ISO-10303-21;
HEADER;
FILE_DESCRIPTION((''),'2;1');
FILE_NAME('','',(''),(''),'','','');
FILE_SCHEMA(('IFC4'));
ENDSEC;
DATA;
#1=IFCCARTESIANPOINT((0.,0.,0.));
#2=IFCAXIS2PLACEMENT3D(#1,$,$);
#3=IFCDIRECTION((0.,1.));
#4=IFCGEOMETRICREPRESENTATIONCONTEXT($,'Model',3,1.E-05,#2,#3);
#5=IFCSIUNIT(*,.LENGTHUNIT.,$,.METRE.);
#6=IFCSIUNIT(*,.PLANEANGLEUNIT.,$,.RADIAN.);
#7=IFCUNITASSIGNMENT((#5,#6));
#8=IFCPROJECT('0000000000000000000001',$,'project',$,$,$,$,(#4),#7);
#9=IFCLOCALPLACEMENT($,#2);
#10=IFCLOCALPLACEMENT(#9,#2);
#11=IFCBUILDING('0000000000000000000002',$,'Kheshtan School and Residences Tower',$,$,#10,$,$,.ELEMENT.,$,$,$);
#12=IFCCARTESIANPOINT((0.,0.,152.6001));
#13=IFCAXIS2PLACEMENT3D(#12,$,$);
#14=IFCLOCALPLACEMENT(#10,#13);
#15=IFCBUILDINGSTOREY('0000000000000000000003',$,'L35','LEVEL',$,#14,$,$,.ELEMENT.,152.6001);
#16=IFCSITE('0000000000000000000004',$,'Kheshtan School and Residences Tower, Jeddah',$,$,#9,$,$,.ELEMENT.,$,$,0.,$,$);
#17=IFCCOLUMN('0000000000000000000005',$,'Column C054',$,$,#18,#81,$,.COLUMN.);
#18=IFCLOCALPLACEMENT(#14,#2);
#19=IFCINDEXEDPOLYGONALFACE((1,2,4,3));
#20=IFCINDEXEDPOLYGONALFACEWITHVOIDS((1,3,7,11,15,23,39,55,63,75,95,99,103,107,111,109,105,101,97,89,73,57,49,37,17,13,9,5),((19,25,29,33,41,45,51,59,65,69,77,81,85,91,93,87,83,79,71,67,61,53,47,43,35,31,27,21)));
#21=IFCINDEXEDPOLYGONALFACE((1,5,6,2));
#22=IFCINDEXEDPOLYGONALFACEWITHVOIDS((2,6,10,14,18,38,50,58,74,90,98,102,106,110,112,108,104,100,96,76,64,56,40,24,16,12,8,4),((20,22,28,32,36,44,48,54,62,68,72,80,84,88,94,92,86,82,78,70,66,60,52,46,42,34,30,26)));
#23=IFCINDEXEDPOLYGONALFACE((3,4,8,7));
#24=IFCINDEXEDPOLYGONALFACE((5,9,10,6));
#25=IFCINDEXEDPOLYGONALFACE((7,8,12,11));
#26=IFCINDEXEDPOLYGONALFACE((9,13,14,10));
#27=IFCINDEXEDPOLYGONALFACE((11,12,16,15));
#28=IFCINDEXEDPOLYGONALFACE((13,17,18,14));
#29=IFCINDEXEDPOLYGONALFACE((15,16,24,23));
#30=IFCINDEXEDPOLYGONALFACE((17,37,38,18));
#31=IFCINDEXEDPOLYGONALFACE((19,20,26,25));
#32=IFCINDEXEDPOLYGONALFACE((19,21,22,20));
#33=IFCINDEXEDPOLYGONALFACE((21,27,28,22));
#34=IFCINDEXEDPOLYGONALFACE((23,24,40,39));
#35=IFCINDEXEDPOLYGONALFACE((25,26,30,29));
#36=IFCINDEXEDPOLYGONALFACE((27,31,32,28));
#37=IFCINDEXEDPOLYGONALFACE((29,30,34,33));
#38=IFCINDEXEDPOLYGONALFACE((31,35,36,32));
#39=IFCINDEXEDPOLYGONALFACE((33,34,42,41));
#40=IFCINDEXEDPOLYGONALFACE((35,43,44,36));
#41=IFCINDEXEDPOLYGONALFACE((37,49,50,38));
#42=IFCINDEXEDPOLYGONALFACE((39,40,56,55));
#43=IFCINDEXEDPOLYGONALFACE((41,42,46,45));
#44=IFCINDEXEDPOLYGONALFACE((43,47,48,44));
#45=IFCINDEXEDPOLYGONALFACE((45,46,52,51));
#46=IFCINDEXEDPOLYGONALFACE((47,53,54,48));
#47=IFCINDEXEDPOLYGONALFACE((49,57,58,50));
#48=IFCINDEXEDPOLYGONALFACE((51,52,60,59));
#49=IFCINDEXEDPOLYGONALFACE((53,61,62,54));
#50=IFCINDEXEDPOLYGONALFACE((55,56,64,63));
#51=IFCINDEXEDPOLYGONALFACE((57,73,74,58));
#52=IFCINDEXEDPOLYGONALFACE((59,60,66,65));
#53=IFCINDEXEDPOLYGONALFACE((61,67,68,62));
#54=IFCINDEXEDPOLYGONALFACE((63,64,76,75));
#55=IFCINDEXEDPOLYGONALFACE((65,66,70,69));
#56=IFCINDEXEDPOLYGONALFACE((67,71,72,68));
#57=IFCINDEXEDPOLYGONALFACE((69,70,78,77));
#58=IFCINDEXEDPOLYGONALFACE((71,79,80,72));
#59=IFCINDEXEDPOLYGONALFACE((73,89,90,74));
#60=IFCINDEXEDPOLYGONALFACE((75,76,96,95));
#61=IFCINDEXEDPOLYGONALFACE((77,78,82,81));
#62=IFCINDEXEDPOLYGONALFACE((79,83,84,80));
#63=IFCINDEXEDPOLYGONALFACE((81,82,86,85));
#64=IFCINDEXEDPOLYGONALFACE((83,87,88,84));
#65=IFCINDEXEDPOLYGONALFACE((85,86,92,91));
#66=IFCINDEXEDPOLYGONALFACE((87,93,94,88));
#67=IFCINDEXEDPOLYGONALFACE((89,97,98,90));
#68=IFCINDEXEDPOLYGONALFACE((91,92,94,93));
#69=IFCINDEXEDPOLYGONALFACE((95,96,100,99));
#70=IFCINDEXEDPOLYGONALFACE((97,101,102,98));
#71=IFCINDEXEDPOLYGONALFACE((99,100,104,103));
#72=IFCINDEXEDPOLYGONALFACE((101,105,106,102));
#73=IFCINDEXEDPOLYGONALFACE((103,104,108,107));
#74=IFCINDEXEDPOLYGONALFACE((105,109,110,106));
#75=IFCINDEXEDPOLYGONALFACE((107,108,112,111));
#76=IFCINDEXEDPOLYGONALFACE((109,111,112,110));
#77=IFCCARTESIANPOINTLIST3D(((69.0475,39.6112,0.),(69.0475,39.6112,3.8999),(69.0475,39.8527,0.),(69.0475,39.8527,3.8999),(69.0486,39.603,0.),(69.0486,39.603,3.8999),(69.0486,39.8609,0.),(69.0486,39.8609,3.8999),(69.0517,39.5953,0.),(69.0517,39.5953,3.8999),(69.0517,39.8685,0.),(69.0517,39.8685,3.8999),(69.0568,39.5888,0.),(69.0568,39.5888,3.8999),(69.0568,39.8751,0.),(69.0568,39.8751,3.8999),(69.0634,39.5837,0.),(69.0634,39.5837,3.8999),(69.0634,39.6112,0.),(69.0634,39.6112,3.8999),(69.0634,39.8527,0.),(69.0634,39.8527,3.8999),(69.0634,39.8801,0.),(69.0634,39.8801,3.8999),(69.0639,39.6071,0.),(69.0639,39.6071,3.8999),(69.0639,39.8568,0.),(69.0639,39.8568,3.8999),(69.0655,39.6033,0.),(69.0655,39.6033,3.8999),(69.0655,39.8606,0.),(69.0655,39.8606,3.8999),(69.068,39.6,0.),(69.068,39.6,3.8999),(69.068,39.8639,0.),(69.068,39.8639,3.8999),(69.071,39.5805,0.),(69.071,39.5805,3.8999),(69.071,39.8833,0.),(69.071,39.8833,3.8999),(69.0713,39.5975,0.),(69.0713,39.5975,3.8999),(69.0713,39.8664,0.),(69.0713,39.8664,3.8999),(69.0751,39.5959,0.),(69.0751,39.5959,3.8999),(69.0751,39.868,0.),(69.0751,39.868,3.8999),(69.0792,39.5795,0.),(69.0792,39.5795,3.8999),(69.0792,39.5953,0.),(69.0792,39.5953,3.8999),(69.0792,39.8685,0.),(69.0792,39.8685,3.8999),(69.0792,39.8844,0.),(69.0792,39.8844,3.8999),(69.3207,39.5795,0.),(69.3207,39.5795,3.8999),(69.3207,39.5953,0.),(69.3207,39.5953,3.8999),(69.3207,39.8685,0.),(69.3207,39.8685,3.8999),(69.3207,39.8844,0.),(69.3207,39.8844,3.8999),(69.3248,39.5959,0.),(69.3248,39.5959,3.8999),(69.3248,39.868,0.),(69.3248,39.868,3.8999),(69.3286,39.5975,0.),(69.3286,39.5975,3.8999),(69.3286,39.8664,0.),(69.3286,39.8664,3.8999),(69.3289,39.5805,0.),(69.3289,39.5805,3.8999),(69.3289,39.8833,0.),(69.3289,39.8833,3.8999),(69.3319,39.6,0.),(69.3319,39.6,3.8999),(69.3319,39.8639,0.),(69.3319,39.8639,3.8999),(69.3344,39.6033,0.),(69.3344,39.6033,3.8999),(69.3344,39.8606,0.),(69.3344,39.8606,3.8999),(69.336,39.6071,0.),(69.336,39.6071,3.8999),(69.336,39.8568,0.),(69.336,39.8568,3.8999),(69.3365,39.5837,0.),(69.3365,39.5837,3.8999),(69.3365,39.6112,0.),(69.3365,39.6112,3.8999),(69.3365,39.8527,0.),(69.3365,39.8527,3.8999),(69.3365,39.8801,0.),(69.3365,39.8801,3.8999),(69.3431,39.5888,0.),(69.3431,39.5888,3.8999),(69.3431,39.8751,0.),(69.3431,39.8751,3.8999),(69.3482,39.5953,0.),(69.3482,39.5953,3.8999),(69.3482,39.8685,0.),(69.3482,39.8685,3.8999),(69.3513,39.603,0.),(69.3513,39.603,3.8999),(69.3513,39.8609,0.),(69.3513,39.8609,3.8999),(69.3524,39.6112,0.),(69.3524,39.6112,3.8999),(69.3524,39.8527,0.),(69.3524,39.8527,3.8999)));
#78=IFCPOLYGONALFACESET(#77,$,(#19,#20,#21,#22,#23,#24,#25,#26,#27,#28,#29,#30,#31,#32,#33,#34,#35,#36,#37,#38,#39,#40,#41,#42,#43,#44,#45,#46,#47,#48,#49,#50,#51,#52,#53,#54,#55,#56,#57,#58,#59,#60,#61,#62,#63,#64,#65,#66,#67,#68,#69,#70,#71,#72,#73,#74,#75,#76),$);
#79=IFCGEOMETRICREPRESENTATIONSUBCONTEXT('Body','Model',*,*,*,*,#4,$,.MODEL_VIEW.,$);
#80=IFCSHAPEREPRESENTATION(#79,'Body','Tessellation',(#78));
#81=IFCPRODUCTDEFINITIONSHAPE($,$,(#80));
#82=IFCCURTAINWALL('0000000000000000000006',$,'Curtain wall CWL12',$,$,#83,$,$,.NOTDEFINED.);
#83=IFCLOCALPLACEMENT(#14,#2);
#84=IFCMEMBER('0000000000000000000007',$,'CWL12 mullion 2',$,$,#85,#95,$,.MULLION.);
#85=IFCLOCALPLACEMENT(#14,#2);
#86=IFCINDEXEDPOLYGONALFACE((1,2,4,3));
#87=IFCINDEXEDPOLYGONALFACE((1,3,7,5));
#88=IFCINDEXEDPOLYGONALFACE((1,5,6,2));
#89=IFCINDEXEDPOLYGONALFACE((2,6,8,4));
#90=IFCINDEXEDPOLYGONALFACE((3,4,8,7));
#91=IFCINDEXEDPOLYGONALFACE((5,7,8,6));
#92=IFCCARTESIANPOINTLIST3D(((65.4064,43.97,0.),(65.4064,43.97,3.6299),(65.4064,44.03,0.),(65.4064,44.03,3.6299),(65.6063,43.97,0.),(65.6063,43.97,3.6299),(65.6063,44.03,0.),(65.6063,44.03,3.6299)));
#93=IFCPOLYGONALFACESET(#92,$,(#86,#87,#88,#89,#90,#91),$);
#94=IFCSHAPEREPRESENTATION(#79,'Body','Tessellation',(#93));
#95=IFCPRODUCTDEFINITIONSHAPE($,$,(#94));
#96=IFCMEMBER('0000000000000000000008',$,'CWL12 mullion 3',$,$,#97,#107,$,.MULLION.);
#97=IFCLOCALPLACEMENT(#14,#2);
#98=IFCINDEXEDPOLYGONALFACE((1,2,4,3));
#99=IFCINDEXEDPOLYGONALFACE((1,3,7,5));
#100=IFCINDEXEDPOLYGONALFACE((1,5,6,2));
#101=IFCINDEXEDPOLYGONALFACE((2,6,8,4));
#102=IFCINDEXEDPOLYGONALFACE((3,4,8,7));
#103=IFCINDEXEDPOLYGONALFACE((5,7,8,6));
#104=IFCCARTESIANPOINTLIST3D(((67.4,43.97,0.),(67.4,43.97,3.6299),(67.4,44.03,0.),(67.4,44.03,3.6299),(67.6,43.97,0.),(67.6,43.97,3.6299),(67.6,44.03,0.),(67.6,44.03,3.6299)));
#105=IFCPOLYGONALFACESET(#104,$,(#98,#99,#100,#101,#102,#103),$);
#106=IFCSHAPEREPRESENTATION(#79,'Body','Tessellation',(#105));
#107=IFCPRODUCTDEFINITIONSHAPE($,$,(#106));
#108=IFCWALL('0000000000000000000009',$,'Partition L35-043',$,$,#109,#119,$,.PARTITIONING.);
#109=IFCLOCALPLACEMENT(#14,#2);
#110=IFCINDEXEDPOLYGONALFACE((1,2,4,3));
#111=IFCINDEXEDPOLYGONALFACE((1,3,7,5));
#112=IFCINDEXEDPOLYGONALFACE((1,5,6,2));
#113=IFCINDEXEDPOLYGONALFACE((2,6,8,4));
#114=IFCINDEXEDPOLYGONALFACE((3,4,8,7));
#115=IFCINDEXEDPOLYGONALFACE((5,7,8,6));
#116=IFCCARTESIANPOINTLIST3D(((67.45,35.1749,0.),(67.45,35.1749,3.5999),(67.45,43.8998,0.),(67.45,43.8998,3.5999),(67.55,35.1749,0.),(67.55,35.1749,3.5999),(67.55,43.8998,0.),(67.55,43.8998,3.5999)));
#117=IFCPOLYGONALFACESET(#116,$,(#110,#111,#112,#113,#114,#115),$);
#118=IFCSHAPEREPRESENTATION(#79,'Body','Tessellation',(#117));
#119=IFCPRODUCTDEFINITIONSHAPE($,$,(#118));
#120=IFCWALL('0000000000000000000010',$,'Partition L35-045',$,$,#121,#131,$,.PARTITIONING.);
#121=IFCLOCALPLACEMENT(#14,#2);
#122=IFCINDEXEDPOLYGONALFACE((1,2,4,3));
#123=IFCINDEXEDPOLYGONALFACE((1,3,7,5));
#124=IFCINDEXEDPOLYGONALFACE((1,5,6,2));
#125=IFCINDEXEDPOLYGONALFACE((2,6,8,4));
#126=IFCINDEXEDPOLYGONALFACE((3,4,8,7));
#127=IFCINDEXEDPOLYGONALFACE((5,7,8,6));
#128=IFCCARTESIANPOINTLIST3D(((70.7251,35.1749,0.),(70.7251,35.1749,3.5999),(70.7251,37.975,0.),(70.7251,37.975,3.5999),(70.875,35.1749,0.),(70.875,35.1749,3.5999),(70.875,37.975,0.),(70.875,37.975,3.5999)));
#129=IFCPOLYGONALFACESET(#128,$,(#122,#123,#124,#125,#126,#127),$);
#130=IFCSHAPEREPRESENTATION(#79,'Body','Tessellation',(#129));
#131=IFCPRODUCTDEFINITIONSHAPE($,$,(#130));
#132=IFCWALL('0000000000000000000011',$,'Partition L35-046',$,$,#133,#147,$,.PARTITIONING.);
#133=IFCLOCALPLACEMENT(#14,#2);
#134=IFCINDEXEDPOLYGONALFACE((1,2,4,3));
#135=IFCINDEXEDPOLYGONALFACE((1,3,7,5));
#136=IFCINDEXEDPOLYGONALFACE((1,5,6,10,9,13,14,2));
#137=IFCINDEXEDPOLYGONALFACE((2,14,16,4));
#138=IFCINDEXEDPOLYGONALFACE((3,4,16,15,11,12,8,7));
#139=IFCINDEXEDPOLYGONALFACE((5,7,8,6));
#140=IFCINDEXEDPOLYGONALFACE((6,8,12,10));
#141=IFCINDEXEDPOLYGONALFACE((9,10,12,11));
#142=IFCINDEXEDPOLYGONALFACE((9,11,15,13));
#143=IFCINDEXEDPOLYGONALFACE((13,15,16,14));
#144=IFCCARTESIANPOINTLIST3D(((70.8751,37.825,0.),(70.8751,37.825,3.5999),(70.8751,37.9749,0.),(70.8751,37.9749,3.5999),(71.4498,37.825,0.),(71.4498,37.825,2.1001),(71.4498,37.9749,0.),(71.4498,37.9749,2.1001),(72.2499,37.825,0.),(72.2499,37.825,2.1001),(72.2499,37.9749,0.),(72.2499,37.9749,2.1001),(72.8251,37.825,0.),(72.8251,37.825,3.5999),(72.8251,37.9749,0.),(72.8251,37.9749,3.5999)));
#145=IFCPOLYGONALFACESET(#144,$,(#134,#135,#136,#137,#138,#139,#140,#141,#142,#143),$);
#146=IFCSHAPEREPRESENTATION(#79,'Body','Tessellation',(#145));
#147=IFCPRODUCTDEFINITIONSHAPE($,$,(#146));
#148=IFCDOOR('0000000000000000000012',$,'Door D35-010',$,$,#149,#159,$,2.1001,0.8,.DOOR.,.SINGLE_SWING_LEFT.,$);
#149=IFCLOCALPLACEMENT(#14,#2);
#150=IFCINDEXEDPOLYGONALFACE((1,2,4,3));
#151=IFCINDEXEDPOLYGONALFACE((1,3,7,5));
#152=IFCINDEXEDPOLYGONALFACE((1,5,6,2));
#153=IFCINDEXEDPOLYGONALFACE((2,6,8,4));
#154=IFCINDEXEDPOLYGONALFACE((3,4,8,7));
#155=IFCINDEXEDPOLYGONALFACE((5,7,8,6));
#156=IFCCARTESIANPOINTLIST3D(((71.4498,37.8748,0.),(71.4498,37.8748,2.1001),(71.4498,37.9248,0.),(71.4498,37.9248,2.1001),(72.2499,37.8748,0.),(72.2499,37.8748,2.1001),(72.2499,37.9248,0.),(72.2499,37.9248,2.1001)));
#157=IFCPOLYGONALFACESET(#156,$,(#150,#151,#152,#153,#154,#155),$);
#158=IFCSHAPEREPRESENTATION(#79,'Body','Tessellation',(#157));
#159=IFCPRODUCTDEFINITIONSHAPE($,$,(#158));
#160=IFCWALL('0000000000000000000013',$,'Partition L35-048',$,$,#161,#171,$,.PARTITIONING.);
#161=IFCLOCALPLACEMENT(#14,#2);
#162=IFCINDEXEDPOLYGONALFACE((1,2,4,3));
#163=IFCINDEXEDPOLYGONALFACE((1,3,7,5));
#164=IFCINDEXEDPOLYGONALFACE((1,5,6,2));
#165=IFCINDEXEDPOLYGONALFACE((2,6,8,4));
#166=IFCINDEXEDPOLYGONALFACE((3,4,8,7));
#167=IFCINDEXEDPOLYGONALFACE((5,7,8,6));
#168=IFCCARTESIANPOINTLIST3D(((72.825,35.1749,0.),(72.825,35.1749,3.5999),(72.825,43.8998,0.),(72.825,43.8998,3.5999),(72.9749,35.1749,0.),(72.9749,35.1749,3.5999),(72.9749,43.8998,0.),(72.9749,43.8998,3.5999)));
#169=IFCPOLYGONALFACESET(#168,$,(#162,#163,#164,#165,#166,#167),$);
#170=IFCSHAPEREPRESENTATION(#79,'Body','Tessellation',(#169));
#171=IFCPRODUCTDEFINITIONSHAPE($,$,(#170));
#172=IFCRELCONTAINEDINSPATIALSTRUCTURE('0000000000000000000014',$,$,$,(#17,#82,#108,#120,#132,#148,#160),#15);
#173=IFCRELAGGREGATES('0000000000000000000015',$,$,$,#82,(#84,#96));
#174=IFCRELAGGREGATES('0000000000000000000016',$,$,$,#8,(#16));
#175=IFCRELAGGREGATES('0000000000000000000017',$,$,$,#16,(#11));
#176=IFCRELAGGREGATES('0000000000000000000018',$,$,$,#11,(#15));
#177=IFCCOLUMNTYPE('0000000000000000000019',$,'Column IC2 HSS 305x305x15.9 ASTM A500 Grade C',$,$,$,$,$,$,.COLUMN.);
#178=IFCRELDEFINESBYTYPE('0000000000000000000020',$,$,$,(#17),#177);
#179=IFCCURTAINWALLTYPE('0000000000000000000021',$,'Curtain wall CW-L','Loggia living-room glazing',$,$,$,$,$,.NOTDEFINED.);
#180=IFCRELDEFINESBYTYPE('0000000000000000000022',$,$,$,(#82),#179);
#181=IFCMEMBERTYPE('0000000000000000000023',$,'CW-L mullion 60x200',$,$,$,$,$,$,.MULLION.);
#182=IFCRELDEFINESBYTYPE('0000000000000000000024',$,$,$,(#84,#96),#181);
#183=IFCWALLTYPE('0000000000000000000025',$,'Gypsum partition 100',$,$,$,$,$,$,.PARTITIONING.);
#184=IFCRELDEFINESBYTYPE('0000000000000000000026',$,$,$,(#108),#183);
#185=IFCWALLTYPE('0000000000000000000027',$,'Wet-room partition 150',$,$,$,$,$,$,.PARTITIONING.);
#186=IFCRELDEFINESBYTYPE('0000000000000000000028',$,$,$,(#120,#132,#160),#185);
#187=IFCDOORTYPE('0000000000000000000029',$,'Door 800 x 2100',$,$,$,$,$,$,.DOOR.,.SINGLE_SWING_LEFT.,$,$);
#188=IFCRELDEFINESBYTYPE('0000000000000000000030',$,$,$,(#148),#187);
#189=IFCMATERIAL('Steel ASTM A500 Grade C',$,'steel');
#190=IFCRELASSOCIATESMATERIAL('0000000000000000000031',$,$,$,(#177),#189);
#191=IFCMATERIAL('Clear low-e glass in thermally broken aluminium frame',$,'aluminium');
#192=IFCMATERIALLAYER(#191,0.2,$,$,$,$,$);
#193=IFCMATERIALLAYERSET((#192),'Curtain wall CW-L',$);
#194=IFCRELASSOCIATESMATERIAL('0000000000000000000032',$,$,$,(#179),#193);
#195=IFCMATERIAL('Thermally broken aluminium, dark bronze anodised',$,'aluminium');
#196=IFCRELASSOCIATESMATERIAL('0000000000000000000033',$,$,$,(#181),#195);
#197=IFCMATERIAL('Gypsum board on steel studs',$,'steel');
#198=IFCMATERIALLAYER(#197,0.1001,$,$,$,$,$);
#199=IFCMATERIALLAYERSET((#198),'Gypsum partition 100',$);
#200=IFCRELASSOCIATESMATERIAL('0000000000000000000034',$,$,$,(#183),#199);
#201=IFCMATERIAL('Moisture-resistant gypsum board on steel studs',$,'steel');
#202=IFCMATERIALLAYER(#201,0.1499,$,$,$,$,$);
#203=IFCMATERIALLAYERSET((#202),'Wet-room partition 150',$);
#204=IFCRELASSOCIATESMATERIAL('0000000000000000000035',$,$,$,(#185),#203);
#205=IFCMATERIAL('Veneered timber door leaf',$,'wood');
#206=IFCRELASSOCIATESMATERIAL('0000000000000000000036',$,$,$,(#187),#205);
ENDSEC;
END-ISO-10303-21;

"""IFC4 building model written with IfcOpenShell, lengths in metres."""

from ifc_helpers import new_model, si_unit, direction, frame, frame_2d, origin, origin_2d, place, context, subcontext, project, spatial, rectangle, hollow_rectangle, extrude, source, transform, mapped, material, layer, layer_set, material_profile, profile_set, type_object, element, fill, aggregate, save


model = new_model("IFC4")

# Units and contexts
model_context = context("Model", 3, precision=1e-05, world=origin(), true_north=direction((0.0, 1.0)))
body_context = subcontext(model_context, "Body", "Model", "MODEL_VIEW")
ifc_project = project(units=[si_unit("LENGTHUNIT", "METRE"), si_unit("PLANEANGLEUNIT", "RADIAN")], contexts=[model_context])

# Site, building, storey
site_placement = place(None, origin())
site = spatial("IfcSite", under=ifc_project, at=site_placement, Name="Kheshtan School and Residences Tower, Jeddah", CompositionType="ELEMENT", RefElevation=0.0)
building_placement = place(site_placement, origin())
building = spatial("IfcBuilding", under=site, at=building_placement, Name="Kheshtan School and Residences Tower", CompositionType="ELEMENT")
storey_placement = place(building_placement, frame((0.0, 0.0, 152.6001)))
storey = spatial("IfcBuildingStorey", under=building, at=storey_placement, Name="L35", Description="LEVEL", CompositionType="ELEMENT", Elevation=152.6001)

# Column
ifc_material_1 = material(Name="Steel ASTM A500 Grade C", Category="steel")
ifc_material_profile_1 = material_profile(ifc_material_1, hollow_rectangle(XDim=0.3049, YDim=0.3049, WallThickness=0.0159, InnerFilletRadius=0.0159, OuterFilletRadius=0.0317, at=origin_2d()), Name="HSS 305x305x15.9")
ifc_profile_set_1 = profile_set([ifc_material_profile_1], Name="Steel ASTM A500 Grade C")
column_type = type_object("IfcColumnType", Name="Column IC2 HSS 305x305x15.9 ASTM A500 Grade C", PredefinedType="COLUMN", material=ifc_profile_set_1)
column_placement = place(storey_placement, frame((69.2, 39.7319, 0.0), z_axis=(0.0, 0.0, 1.0), x_axis=(1.0, 0.0, 0.0)))
element("IfcColumn", 1, at=column_placement, inside=storey, type_object=column_type, Name="Column C054", PredefinedType="COLUMN", context=body_context, shape_type="SweptSolid", body=[
    extrude(hollow_rectangle(XDim=0.3049, YDim=0.3049, WallThickness=0.0159, InnerFilletRadius=0.0159, OuterFilletRadius=0.0317, at=origin_2d()), origin(), (0.0, 0.0, 1.0), 3.8999),
])

# Curtain wall, members
ifc_material_2 = material(Name="Clear low-e glass in thermally broken aluminium frame", Category="aluminium")
ifc_layer_1 = layer(ifc_material_2, 0.2)
ifc_layer_set_1 = layer_set([ifc_layer_1], Name="Curtain wall CW-L")
curtain_wall_type = type_object("IfcCurtainWallType", Name="Curtain wall CW-L", Description="Loggia living-room glazing", PredefinedType="NOTDEFINED", material=ifc_layer_set_1)
curtain_wall_placement = place(storey_placement, origin())
curtain_wall = element("IfcCurtainWall", 2, at=curtain_wall_placement, inside=storey, type_object=curtain_wall_type, Name="Curtain wall CWL12", PredefinedType="NOTDEFINED")
ifc_material_3 = material(Name="Thermally broken aluminium, dark bronze anodised", Category="aluminium")
ifc_material_profile_2 = material_profile(ifc_material_3, rectangle(XDim=0.0601, YDim=0.2, at=origin_2d()), Name="CW-L mullion 60x200")
ifc_profile_set_2 = profile_set([ifc_material_profile_2], Name="Thermally broken aluminium, dark bronze anodised")
member_type = type_object("IfcMemberType", Name="CW-L mullion 60x200", PredefinedType="MULLION", material=ifc_profile_set_2)
member_1_placement = place(storey_placement, frame((65.5063, 44.0, 0.0), z_axis=(0.0, 0.0, 1.0), x_axis=(0.0, 1.0, 0.0)))
member_1 = element("IfcMember", 3, at=member_1_placement, type_object=member_type, Name="CWL12 mullion 2", PredefinedType="MULLION", context=body_context, shape_type="SweptSolid", body=[
    extrude(rectangle(XDim=0.0601, YDim=0.2, at=origin_2d()), origin(), (0.0, 0.0, 1.0), 3.6299),
])
member_2_placement = place(storey_placement, frame((67.5, 44.0, 0.0), z_axis=(0.0, 0.0, 1.0), x_axis=(0.0, 1.0, 0.0)))
member_2 = element("IfcMember", 4, at=member_2_placement, type_object=member_type, Name="CWL12 mullion 3", PredefinedType="MULLION", context=body_context, shape_type="SweptSolid", body=[
    extrude(rectangle(XDim=0.0601, YDim=0.2, at=origin_2d()), origin(), (0.0, 0.0, 1.0), 3.6299),
])
aggregate(curtain_wall, [member_1, member_2])

# Walls
ifc_material_4 = material(Name="Gypsum board on steel studs", Category="steel")
ifc_layer_2 = layer(ifc_material_4, 0.1001)
ifc_layer_set_2 = layer_set([ifc_layer_2], Name="Gypsum partition 100")
wall_type_1 = type_object("IfcWallType", Name="Gypsum partition 100", PredefinedType="PARTITIONING", material=ifc_layer_set_2)
wall_1_placement = place(storey_placement, frame((67.5, 35.175, 0.0), z_axis=(0.0, 0.0, 1.0), x_axis=(0.0, 1.0, 0.0)))
element("IfcWall", 5, at=wall_1_placement, inside=storey, type_object=wall_type_1, Name="Partition L35-043", PredefinedType="PARTITIONING", context=body_context, shape_type="SweptSolid", body=[
    extrude(rectangle(XDim=8.7249, YDim=0.1001, at=frame_2d((4.3623, 0.0))), origin(), (0.0, 0.0, 1.0), 3.5999),
])
ifc_material_5 = material(Name="Moisture-resistant gypsum board on steel studs", Category="steel")
ifc_layer_3 = layer(ifc_material_5, 0.1499)
ifc_layer_set_3 = layer_set([ifc_layer_3], Name="Wet-room partition 150")
wall_type_2 = type_object("IfcWallType", Name="Wet-room partition 150", PredefinedType="PARTITIONING", material=ifc_layer_set_3)
wall_2_placement = place(storey_placement, frame((70.8, 35.175, 0.0), z_axis=(0.0, 0.0, 1.0), x_axis=(0.0, 1.0, 0.0)))
element("IfcWall", 6, at=wall_2_placement, inside=storey, type_object=wall_type_2, Name="Partition L35-045", PredefinedType="PARTITIONING", context=body_context, shape_type="SweptSolid", body=[
    extrude(rectangle(XDim=2.8, YDim=0.1499, at=frame_2d((1.3999, 0.0))), origin(), (0.0, 0.0, 1.0), 3.5999),
])

# Wall, opening, door
wall_3_placement = place(storey_placement, frame((70.875, 37.8999, 0.0), z_axis=(0.0, 0.0, 1.0), x_axis=(1.0, 0.0, 0.0)))
wall_3 = element("IfcWall", 7, at=wall_3_placement, inside=storey, type_object=wall_type_2, Name="Partition L35-046", PredefinedType="PARTITIONING", context=body_context, shape_type="SweptSolid", body=[
    extrude(rectangle(XDim=1.95, YDim=0.1499, at=frame_2d((0.9751, 0.0))), origin(), (0.0, 0.0, 1.0), 3.5999),
])
opening_1_placement = place(wall_3_placement, frame((0.575, 0.0, 0.0)))
opening_1 = element("IfcOpeningElement", 8, at=opening_1_placement, cuts=wall_3, PredefinedType="OPENING", context=body_context, shape_type="SweptSolid", body=[
    extrude(rectangle(XDim=0.8, YDim=2.1001, at=frame_2d((0.3999, 1.05))), frame((0.0, 0.085, 0.0), z_axis=(0.0, -1.0, 0.0), x_axis=(1.0, 0.0, 0.0)), (0.0, 0.0, 1.0), 0.1699),
])
ifc_material_6 = material(Name="Veneered timber door leaf", Category="wood")
door_type_1 = type_object("IfcDoorType", Name="Door 800 x 2100", OperationType="SINGLE_SWING_LEFT", PredefinedType="DOOR", material=ifc_material_6)
shared_shape_1 = source(origin(), body_context, "Body", "SweptSolid", [
    extrude(rectangle(XDim=0.8, YDim=2.1001, at=frame_2d((0.3999, 1.05))), frame((0.0, 0.0249, 0.0), z_axis=(0.0, -1.0, 0.0), x_axis=(1.0, 0.0, 0.0)), (0.0, 0.0, 1.0), 0.05),
])
door_1_placement = place(opening_1_placement, origin())
door_1 = element("IfcDoor", 9, at=door_1_placement, inside=storey, type_object=door_type_1, Name="Door D35-010", OperationType="SINGLE_SWING_LEFT", OverallHeight=2.1001, OverallWidth=0.8, PredefinedType="DOOR", context=body_context, shape_type="MappedRepresentation", body=[
    mapped(shared_shape_1, transform((0.0, 0.0, 0.0), x_axis=(1.0, 0.0, 0.0), y_axis=(0.0, 1.0, 0.0), z_axis=(0.0, 0.0, 1.0), scale=1.0)),
])
fill(opening_1, door_1)

# Wall
wall_4_placement = place(storey_placement, frame((72.8999, 35.175, 0.0), z_axis=(0.0, 0.0, 1.0), x_axis=(0.0, 1.0, 0.0)))
element("IfcWall", 10, at=wall_4_placement, inside=storey, type_object=wall_type_2, Name="Partition L35-048", PredefinedType="PARTITIONING", context=body_context, shape_type="SweptSolid", body=[
    extrude(rectangle(XDim=8.7249, YDim=0.1499, at=frame_2d((4.3623, 0.0))), origin(), (0.0, 0.0, 1.0), 3.5999),
])

save(model, "model.ifc")
